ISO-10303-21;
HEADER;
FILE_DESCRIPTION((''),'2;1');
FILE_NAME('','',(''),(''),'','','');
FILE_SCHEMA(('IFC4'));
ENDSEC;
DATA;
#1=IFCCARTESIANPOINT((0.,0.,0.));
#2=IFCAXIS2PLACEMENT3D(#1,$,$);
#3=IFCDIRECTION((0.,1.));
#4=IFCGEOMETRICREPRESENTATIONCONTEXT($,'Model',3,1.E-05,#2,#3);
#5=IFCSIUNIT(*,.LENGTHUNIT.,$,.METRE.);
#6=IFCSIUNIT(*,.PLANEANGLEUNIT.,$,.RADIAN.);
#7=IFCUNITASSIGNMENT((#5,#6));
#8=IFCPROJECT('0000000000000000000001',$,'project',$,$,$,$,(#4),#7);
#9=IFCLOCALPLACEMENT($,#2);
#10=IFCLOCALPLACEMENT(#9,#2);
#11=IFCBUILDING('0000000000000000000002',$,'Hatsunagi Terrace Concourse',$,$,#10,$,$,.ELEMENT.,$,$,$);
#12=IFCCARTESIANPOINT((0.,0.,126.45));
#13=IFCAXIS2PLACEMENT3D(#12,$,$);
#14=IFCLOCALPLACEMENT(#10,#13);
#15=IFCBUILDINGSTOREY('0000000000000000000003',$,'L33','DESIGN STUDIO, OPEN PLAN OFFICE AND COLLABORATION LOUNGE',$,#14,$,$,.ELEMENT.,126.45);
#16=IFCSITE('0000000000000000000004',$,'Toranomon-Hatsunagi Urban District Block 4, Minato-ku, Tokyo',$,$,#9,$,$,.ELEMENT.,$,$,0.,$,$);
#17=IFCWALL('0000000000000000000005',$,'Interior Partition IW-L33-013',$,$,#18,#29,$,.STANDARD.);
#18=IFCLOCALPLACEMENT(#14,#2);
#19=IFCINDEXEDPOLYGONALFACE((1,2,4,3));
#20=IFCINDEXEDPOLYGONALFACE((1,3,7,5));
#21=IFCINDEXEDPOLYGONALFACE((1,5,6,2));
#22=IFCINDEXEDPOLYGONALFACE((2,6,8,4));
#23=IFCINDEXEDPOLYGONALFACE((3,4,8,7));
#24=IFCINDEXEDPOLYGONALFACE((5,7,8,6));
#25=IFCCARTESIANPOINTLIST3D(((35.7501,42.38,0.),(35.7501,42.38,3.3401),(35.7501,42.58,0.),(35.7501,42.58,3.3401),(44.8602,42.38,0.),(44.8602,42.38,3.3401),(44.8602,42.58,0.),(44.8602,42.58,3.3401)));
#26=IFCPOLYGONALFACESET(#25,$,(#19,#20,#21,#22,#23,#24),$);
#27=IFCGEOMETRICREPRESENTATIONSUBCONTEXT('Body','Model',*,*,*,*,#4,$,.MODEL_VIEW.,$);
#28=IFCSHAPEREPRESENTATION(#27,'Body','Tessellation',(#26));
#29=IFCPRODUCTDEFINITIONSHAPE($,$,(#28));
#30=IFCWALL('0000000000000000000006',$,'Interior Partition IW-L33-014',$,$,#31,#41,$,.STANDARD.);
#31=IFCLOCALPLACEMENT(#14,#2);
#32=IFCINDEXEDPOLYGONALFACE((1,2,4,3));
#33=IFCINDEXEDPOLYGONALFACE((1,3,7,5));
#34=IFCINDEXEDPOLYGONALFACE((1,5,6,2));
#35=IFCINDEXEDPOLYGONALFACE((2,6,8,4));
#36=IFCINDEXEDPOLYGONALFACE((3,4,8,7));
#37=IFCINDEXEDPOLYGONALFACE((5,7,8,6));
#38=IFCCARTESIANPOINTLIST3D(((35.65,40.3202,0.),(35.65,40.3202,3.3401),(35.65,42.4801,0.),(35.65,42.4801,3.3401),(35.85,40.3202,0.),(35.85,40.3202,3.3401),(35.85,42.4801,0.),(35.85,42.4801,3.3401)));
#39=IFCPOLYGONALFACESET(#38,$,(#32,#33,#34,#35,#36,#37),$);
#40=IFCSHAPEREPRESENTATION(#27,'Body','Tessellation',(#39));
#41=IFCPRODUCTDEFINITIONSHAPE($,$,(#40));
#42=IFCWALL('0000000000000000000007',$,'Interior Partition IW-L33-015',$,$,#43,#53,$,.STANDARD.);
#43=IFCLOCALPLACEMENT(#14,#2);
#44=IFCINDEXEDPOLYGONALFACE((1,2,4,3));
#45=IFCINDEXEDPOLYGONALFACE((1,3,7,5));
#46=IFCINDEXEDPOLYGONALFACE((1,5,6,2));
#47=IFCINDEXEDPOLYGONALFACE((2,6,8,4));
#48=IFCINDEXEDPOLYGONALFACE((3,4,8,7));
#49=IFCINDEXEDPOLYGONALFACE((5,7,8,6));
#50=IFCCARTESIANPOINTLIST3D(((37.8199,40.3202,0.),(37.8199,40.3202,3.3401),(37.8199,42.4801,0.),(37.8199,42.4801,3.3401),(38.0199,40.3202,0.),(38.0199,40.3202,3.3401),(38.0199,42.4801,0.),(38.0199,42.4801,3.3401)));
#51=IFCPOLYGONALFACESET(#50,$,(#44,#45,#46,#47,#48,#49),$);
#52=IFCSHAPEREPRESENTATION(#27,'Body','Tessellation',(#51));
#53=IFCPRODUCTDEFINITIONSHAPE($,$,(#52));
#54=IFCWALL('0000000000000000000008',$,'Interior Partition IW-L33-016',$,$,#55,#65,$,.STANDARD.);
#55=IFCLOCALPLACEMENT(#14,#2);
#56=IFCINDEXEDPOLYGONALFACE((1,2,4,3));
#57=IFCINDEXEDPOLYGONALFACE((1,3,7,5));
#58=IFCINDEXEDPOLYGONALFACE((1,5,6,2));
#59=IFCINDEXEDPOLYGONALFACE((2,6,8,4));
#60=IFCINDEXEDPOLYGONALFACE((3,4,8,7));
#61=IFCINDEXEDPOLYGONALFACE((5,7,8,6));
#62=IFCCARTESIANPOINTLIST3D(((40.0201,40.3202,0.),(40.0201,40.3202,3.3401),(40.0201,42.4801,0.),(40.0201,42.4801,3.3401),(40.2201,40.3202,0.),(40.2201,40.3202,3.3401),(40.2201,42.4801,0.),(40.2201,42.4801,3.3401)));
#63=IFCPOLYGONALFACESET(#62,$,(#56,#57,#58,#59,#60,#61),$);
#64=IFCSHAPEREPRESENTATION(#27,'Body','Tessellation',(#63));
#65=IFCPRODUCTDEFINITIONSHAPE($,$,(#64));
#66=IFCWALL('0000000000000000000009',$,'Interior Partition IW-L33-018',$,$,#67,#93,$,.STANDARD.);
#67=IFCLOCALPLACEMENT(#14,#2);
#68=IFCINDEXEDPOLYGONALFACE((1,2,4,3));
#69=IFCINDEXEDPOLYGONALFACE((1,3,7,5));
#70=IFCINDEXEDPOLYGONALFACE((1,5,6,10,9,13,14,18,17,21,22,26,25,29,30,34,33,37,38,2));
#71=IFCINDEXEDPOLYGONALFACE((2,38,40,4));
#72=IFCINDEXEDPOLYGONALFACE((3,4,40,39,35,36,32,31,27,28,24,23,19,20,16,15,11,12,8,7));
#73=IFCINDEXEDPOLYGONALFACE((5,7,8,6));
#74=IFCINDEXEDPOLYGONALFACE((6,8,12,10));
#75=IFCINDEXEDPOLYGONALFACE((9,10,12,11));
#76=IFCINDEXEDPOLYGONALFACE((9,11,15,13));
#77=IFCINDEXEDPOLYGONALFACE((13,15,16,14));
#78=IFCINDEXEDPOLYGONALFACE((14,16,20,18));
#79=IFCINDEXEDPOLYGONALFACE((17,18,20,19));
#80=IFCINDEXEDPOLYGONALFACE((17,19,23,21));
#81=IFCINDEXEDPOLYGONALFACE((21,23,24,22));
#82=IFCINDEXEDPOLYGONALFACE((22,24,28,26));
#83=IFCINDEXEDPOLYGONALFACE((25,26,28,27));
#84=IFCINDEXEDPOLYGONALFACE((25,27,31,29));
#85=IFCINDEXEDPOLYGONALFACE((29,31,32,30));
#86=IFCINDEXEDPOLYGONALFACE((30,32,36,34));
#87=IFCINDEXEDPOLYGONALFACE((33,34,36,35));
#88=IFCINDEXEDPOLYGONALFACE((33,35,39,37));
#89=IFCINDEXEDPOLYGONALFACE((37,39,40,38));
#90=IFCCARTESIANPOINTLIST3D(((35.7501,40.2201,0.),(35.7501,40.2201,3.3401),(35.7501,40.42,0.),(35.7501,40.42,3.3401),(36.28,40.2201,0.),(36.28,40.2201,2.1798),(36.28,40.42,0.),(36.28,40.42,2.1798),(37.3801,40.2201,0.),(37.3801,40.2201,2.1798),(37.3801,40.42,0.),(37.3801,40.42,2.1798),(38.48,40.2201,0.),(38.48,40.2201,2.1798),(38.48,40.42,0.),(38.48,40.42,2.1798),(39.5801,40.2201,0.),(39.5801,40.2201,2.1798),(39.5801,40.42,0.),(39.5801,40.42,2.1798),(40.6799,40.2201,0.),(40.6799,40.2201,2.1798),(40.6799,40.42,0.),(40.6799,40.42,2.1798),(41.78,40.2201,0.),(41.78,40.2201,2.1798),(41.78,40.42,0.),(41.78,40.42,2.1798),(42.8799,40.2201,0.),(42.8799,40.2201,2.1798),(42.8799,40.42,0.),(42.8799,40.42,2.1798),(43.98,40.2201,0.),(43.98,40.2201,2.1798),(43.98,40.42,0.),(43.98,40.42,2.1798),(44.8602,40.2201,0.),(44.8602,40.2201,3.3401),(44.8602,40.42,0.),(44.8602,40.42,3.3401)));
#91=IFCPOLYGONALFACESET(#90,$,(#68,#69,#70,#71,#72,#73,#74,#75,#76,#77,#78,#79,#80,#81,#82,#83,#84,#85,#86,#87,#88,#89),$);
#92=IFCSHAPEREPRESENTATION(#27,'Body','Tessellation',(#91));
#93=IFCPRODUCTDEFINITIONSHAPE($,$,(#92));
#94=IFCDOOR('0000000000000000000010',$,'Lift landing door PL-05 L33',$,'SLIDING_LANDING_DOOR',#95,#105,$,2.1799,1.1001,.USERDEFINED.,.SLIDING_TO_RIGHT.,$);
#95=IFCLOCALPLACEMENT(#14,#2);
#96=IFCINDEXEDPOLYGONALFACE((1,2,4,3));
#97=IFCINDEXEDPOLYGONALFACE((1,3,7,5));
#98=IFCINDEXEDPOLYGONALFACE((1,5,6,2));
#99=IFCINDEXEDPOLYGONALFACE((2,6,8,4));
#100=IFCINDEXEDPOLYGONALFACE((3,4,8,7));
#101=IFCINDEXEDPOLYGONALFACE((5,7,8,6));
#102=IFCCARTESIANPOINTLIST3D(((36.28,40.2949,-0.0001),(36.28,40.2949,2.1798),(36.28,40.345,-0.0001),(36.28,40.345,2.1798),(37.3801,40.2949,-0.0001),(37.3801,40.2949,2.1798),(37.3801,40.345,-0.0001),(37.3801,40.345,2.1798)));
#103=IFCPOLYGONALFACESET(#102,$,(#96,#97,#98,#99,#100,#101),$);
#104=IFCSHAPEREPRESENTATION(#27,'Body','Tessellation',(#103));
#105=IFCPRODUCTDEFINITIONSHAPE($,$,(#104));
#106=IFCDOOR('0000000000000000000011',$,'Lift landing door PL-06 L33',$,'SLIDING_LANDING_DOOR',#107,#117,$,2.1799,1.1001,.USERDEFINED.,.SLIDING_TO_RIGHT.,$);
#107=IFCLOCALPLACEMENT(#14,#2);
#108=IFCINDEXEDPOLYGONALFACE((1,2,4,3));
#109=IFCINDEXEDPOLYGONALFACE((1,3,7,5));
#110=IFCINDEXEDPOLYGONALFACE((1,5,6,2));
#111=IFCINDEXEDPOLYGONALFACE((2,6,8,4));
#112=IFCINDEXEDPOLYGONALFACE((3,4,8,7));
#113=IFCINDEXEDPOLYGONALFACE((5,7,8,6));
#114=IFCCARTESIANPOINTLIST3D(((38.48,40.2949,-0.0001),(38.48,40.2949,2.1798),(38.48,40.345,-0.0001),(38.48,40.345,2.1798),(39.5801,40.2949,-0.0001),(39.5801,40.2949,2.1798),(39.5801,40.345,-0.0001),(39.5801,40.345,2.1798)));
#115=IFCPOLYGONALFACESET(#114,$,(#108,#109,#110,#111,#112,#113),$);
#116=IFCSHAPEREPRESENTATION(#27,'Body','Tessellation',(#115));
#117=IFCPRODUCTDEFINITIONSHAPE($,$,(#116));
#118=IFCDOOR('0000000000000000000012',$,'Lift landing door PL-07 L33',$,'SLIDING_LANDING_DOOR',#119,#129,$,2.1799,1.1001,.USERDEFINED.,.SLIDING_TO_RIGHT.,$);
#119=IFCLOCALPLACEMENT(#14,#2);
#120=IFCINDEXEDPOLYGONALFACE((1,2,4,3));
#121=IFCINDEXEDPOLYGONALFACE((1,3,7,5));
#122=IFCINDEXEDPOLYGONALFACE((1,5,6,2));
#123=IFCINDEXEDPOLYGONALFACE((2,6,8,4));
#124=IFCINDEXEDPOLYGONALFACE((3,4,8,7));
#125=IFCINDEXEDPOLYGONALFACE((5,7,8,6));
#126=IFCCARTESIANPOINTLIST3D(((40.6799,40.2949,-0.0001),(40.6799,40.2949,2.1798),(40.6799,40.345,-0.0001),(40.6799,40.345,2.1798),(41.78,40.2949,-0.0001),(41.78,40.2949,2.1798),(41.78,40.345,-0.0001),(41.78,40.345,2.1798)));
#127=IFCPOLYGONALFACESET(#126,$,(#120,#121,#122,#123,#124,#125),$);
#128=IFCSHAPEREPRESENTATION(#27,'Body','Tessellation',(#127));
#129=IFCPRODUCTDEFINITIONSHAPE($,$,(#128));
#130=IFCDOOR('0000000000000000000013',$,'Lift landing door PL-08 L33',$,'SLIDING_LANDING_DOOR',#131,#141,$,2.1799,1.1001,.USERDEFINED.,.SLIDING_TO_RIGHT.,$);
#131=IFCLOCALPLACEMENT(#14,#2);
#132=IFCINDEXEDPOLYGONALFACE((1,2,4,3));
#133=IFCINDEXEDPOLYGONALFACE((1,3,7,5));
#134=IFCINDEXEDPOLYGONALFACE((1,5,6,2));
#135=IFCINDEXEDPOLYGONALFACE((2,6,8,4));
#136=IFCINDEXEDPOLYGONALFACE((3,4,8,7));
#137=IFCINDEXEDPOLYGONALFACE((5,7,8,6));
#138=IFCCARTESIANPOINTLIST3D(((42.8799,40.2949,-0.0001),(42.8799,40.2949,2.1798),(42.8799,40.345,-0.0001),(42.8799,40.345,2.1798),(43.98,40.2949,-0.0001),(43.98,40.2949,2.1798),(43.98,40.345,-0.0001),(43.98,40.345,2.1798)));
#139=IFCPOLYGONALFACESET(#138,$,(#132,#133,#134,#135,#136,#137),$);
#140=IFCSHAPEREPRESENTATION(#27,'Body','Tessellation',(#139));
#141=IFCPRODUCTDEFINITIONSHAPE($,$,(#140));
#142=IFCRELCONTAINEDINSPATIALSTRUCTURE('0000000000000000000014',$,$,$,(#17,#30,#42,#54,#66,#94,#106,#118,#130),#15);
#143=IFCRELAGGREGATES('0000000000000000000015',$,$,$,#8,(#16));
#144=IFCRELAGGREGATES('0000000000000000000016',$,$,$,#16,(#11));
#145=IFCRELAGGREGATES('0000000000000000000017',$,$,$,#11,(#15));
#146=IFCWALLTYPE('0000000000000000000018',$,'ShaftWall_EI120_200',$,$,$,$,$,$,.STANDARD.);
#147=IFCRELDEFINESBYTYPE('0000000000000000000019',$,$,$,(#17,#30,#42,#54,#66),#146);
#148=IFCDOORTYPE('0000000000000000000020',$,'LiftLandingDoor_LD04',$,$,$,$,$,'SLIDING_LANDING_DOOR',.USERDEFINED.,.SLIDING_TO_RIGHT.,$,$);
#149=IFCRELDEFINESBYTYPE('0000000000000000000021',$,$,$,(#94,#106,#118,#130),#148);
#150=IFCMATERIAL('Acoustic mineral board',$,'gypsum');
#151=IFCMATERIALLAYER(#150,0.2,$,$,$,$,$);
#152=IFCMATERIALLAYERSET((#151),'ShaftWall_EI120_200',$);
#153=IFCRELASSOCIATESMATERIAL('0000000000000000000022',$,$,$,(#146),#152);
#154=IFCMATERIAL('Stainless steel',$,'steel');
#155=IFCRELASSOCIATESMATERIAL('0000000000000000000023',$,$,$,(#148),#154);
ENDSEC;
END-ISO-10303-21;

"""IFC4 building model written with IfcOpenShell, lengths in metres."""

from ifc_helpers import new_model, si_unit, direction, frame, frame_2d, origin, place, context, subcontext, project, spatial, rectangle, extrude, material, layer, layer_set, type_object, element, fill, save


model = new_model("IFC4")

# Units and contexts
model_context = context("Model", 3, precision=1e-05, world=origin(), true_north=direction((0.0, 1.0)))
body_context = subcontext(model_context, "Body", "Model", "MODEL_VIEW")
ifc_project = project(units=[si_unit("LENGTHUNIT", "METRE"), si_unit("PLANEANGLEUNIT", "RADIAN")], contexts=[model_context])

# Site, building, storey
site_placement = place(None, origin())
site = spatial("IfcSite", under=ifc_project, at=site_placement, Name="Toranomon-Hatsunagi Urban District Block 4, Minato-ku, Tokyo", CompositionType="ELEMENT", RefElevation=0.0)
building_placement = place(site_placement, origin())
building = spatial("IfcBuilding", under=site, at=building_placement, Name="Hatsunagi Terrace Concourse", CompositionType="ELEMENT")
storey_placement = place(building_placement, frame((0.0, 0.0, 126.45)))
storey = spatial("IfcBuildingStorey", under=building, at=storey_placement, Name="L33", Description="DESIGN STUDIO, OPEN PLAN OFFICE AND COLLABORATION LOUNGE", CompositionType="ELEMENT", Elevation=126.45)

# Shared definitions
ifc_material_1 = material(Name="Acoustic mineral board", Category="gypsum")
ifc_layer_1 = layer(ifc_material_1, 0.2)
ifc_layer_set_1 = layer_set([ifc_layer_1], Name="ShaftWall_EI120_200")
wall_type_1 = type_object("IfcWallType", Name="ShaftWall_EI120_200", PredefinedType="STANDARD", material=ifc_layer_set_1)

# Walls
wall_1_placement = place(storey_placement, frame((35.75, 42.48, 0.0), z_axis=(0.0, 0.0, 1.0), x_axis=(1.0, 0.0, 0.0)))
element("IfcWall", 1, at=wall_1_placement, inside=storey, type_object=wall_type_1, Name="Interior Partition IW-L33-013", PredefinedType="STANDARD", context=body_context, shape_type="SweptSolid", body=[
    extrude(rectangle(XDim=9.1101, YDim=0.2, at=frame_2d((4.5552, 0.0))), origin(), (0.0, 0.0, 1.0), 3.3401),
])
for number, where, z_axis, x_axis, name in (
    (2, (35.75, 40.3201, 0.0), (0.0, 0.0, 1.0), (0.0, 1.0, 0.0), "Interior Partition IW-L33-014"),
    (3, (37.9199, 40.3201, 0.0), (0.0, 0.0, 1.0), (0.0, 1.0, 0.0), "Interior Partition IW-L33-015"),
    (4, (40.1201, 40.3201, 0.0), (0.0, 0.0, 1.0), (0.0, 1.0, 0.0), "Interior Partition IW-L33-016"),
):
    element("IfcWall", number, at=place(storey_placement, frame(where, z_axis=z_axis, x_axis=x_axis)), inside=storey, type_object=wall_type_1, Name=name, PredefinedType="STANDARD", context=body_context, shape_type="SweptSolid", body=[
        extrude(rectangle(XDim=2.1599, YDim=0.2, at=frame_2d((1.0801, 0.0))), origin(), (0.0, 0.0, 1.0), 3.3401),
    ])

# Wall, openings, doors
wall_2_placement = place(storey_placement, frame((35.75, 40.3201, 0.0), z_axis=(0.0, 0.0, 1.0), x_axis=(1.0, 0.0, 0.0)))
wall_2 = element("IfcWall", 5, at=wall_2_placement, inside=storey, type_object=wall_type_1, Name="Interior Partition IW-L33-018", PredefinedType="STANDARD", context=body_context, shape_type="SweptSolid", body=[
    extrude(rectangle(XDim=9.1101, YDim=0.2, at=frame_2d((4.5552, 0.0))), origin(), (0.0, 0.0, 1.0), 3.3401),
])
opening_1_placement = place(wall_2_placement, frame((0.53, 0.0, 0.0)))
opening_1 = element("IfcOpeningElement", 6, at=opening_1_placement, cuts=wall_2, PredefinedType="OPENING", context=body_context, shape_type="SweptSolid", body=[
    extrude(rectangle(XDim=1.1001, YDim=2.1799, at=frame_2d((0.55, 1.0898))), frame((0.0, 0.1099, 0.0), z_axis=(0.0, -1.0, 0.0), x_axis=(1.0, 0.0, 0.0)), (0.0, 0.0, 1.0), 0.22),
])
opening_2_placement = place(wall_2_placement, frame((2.73, 0.0, 0.0)))
opening_2 = element("IfcOpeningElement", 7, at=opening_2_placement, cuts=wall_2, PredefinedType="OPENING", context=body_context, shape_type="SweptSolid", body=[
    extrude(rectangle(XDim=1.1001, YDim=2.1799, at=frame_2d((0.55, 1.0898))), frame((0.0, 0.1099, 0.0), z_axis=(0.0, -1.0, 0.0), x_axis=(1.0, 0.0, 0.0)), (0.0, 0.0, 1.0), 0.22),
])
opening_3_placement = place(wall_2_placement, frame((4.9299, 0.0, 0.0)))
opening_3 = element("IfcOpeningElement", 8, at=opening_3_placement, cuts=wall_2, PredefinedType="OPENING", context=body_context, shape_type="SweptSolid", body=[
    extrude(rectangle(XDim=1.1001, YDim=2.1799, at=frame_2d((0.55, 1.0898))), frame((0.0, 0.1099, 0.0), z_axis=(0.0, -1.0, 0.0), x_axis=(1.0, 0.0, 0.0)), (0.0, 0.0, 1.0), 0.22),
])
opening_4_placement = place(wall_2_placement, frame((7.1299, 0.0, 0.0)))
opening_4 = element("IfcOpeningElement", 9, at=opening_4_placement, cuts=wall_2, PredefinedType="OPENING", context=body_context, shape_type="SweptSolid", body=[
    extrude(rectangle(XDim=1.1001, YDim=2.1799, at=frame_2d((0.55, 1.0898))), frame((0.0, 0.1099, 0.0), z_axis=(0.0, -1.0, 0.0), x_axis=(1.0, 0.0, 0.0)), (0.0, 0.0, 1.0), 0.22),
])
ifc_material_2 = material(Name="Stainless steel", Category="steel")
door_type_1 = type_object("IfcDoorType", Name="LiftLandingDoor_LD04", ElementType="SLIDING_LANDING_DOOR", OperationType="SLIDING_TO_RIGHT", PredefinedType="USERDEFINED", material=ifc_material_2)
door_1_placement = place(opening_1_placement, origin())
door_1 = element("IfcDoor", 10, at=door_1_placement, inside=storey, type_object=door_type_1, Name="Lift landing door PL-05 L33", ObjectType="SLIDING_LANDING_DOOR", OperationType="SLIDING_TO_RIGHT", OverallHeight=2.1799, OverallWidth=1.1001, PredefinedType="USERDEFINED", context=body_context, shape_type="SweptSolid", body=[
    extrude(rectangle(XDim=1.1001, YDim=2.1799, at=frame_2d((0.55, 1.0898))), frame((0.0, 0.0249, 0.0), z_axis=(0.0, -1.0, 0.0), x_axis=(1.0, 0.0, 0.0)), (0.0, 0.0, 1.0), 0.05),
])
fill(opening_1, door_1)
door_2_placement = place(opening_2_placement, origin())
door_2 = element("IfcDoor", 11, at=door_2_placement, inside=storey, type_object=door_type_1, Name="Lift landing door PL-06 L33", ObjectType="SLIDING_LANDING_DOOR", OperationType="SLIDING_TO_RIGHT", OverallHeight=2.1799, OverallWidth=1.1001, PredefinedType="USERDEFINED", context=body_context, shape_type="SweptSolid", body=[
    extrude(rectangle(XDim=1.1001, YDim=2.1799, at=frame_2d((0.55, 1.0898))), frame((0.0, 0.0249, 0.0), z_axis=(0.0, -1.0, 0.0), x_axis=(1.0, 0.0, 0.0)), (0.0, 0.0, 1.0), 0.05),
])
fill(opening_2, door_2)
door_3_placement = place(opening_3_placement, origin())
door_3 = element("IfcDoor", 12, at=door_3_placement, inside=storey, type_object=door_type_1, Name="Lift landing door PL-07 L33", ObjectType="SLIDING_LANDING_DOOR", OperationType="SLIDING_TO_RIGHT", OverallHeight=2.1799, OverallWidth=1.1001, PredefinedType="USERDEFINED", context=body_context, shape_type="SweptSolid", body=[
    extrude(rectangle(XDim=1.1001, YDim=2.1799, at=frame_2d((0.55, 1.0898))), frame((0.0, 0.0249, 0.0), z_axis=(0.0, -1.0, 0.0), x_axis=(1.0, 0.0, 0.0)), (0.0, 0.0, 1.0), 0.05),
])
fill(opening_3, door_3)
door_4_placement = place(opening_4_placement, origin())
door_4 = element("IfcDoor", 13, at=door_4_placement, inside=storey, type_object=door_type_1, Name="Lift landing door PL-08 L33", ObjectType="SLIDING_LANDING_DOOR", OperationType="SLIDING_TO_RIGHT", OverallHeight=2.1799, OverallWidth=1.1001, PredefinedType="USERDEFINED", context=body_context, shape_type="SweptSolid", body=[
    extrude(rectangle(XDim=1.1001, YDim=2.1799, at=frame_2d((0.55, 1.0898))), frame((0.0, 0.0249, 0.0), z_axis=(0.0, -1.0, 0.0), x_axis=(1.0, 0.0, 0.0)), (0.0, 0.0, 1.0), 0.05),
])
fill(opening_4, door_4)

save(model, "model.ifc")
